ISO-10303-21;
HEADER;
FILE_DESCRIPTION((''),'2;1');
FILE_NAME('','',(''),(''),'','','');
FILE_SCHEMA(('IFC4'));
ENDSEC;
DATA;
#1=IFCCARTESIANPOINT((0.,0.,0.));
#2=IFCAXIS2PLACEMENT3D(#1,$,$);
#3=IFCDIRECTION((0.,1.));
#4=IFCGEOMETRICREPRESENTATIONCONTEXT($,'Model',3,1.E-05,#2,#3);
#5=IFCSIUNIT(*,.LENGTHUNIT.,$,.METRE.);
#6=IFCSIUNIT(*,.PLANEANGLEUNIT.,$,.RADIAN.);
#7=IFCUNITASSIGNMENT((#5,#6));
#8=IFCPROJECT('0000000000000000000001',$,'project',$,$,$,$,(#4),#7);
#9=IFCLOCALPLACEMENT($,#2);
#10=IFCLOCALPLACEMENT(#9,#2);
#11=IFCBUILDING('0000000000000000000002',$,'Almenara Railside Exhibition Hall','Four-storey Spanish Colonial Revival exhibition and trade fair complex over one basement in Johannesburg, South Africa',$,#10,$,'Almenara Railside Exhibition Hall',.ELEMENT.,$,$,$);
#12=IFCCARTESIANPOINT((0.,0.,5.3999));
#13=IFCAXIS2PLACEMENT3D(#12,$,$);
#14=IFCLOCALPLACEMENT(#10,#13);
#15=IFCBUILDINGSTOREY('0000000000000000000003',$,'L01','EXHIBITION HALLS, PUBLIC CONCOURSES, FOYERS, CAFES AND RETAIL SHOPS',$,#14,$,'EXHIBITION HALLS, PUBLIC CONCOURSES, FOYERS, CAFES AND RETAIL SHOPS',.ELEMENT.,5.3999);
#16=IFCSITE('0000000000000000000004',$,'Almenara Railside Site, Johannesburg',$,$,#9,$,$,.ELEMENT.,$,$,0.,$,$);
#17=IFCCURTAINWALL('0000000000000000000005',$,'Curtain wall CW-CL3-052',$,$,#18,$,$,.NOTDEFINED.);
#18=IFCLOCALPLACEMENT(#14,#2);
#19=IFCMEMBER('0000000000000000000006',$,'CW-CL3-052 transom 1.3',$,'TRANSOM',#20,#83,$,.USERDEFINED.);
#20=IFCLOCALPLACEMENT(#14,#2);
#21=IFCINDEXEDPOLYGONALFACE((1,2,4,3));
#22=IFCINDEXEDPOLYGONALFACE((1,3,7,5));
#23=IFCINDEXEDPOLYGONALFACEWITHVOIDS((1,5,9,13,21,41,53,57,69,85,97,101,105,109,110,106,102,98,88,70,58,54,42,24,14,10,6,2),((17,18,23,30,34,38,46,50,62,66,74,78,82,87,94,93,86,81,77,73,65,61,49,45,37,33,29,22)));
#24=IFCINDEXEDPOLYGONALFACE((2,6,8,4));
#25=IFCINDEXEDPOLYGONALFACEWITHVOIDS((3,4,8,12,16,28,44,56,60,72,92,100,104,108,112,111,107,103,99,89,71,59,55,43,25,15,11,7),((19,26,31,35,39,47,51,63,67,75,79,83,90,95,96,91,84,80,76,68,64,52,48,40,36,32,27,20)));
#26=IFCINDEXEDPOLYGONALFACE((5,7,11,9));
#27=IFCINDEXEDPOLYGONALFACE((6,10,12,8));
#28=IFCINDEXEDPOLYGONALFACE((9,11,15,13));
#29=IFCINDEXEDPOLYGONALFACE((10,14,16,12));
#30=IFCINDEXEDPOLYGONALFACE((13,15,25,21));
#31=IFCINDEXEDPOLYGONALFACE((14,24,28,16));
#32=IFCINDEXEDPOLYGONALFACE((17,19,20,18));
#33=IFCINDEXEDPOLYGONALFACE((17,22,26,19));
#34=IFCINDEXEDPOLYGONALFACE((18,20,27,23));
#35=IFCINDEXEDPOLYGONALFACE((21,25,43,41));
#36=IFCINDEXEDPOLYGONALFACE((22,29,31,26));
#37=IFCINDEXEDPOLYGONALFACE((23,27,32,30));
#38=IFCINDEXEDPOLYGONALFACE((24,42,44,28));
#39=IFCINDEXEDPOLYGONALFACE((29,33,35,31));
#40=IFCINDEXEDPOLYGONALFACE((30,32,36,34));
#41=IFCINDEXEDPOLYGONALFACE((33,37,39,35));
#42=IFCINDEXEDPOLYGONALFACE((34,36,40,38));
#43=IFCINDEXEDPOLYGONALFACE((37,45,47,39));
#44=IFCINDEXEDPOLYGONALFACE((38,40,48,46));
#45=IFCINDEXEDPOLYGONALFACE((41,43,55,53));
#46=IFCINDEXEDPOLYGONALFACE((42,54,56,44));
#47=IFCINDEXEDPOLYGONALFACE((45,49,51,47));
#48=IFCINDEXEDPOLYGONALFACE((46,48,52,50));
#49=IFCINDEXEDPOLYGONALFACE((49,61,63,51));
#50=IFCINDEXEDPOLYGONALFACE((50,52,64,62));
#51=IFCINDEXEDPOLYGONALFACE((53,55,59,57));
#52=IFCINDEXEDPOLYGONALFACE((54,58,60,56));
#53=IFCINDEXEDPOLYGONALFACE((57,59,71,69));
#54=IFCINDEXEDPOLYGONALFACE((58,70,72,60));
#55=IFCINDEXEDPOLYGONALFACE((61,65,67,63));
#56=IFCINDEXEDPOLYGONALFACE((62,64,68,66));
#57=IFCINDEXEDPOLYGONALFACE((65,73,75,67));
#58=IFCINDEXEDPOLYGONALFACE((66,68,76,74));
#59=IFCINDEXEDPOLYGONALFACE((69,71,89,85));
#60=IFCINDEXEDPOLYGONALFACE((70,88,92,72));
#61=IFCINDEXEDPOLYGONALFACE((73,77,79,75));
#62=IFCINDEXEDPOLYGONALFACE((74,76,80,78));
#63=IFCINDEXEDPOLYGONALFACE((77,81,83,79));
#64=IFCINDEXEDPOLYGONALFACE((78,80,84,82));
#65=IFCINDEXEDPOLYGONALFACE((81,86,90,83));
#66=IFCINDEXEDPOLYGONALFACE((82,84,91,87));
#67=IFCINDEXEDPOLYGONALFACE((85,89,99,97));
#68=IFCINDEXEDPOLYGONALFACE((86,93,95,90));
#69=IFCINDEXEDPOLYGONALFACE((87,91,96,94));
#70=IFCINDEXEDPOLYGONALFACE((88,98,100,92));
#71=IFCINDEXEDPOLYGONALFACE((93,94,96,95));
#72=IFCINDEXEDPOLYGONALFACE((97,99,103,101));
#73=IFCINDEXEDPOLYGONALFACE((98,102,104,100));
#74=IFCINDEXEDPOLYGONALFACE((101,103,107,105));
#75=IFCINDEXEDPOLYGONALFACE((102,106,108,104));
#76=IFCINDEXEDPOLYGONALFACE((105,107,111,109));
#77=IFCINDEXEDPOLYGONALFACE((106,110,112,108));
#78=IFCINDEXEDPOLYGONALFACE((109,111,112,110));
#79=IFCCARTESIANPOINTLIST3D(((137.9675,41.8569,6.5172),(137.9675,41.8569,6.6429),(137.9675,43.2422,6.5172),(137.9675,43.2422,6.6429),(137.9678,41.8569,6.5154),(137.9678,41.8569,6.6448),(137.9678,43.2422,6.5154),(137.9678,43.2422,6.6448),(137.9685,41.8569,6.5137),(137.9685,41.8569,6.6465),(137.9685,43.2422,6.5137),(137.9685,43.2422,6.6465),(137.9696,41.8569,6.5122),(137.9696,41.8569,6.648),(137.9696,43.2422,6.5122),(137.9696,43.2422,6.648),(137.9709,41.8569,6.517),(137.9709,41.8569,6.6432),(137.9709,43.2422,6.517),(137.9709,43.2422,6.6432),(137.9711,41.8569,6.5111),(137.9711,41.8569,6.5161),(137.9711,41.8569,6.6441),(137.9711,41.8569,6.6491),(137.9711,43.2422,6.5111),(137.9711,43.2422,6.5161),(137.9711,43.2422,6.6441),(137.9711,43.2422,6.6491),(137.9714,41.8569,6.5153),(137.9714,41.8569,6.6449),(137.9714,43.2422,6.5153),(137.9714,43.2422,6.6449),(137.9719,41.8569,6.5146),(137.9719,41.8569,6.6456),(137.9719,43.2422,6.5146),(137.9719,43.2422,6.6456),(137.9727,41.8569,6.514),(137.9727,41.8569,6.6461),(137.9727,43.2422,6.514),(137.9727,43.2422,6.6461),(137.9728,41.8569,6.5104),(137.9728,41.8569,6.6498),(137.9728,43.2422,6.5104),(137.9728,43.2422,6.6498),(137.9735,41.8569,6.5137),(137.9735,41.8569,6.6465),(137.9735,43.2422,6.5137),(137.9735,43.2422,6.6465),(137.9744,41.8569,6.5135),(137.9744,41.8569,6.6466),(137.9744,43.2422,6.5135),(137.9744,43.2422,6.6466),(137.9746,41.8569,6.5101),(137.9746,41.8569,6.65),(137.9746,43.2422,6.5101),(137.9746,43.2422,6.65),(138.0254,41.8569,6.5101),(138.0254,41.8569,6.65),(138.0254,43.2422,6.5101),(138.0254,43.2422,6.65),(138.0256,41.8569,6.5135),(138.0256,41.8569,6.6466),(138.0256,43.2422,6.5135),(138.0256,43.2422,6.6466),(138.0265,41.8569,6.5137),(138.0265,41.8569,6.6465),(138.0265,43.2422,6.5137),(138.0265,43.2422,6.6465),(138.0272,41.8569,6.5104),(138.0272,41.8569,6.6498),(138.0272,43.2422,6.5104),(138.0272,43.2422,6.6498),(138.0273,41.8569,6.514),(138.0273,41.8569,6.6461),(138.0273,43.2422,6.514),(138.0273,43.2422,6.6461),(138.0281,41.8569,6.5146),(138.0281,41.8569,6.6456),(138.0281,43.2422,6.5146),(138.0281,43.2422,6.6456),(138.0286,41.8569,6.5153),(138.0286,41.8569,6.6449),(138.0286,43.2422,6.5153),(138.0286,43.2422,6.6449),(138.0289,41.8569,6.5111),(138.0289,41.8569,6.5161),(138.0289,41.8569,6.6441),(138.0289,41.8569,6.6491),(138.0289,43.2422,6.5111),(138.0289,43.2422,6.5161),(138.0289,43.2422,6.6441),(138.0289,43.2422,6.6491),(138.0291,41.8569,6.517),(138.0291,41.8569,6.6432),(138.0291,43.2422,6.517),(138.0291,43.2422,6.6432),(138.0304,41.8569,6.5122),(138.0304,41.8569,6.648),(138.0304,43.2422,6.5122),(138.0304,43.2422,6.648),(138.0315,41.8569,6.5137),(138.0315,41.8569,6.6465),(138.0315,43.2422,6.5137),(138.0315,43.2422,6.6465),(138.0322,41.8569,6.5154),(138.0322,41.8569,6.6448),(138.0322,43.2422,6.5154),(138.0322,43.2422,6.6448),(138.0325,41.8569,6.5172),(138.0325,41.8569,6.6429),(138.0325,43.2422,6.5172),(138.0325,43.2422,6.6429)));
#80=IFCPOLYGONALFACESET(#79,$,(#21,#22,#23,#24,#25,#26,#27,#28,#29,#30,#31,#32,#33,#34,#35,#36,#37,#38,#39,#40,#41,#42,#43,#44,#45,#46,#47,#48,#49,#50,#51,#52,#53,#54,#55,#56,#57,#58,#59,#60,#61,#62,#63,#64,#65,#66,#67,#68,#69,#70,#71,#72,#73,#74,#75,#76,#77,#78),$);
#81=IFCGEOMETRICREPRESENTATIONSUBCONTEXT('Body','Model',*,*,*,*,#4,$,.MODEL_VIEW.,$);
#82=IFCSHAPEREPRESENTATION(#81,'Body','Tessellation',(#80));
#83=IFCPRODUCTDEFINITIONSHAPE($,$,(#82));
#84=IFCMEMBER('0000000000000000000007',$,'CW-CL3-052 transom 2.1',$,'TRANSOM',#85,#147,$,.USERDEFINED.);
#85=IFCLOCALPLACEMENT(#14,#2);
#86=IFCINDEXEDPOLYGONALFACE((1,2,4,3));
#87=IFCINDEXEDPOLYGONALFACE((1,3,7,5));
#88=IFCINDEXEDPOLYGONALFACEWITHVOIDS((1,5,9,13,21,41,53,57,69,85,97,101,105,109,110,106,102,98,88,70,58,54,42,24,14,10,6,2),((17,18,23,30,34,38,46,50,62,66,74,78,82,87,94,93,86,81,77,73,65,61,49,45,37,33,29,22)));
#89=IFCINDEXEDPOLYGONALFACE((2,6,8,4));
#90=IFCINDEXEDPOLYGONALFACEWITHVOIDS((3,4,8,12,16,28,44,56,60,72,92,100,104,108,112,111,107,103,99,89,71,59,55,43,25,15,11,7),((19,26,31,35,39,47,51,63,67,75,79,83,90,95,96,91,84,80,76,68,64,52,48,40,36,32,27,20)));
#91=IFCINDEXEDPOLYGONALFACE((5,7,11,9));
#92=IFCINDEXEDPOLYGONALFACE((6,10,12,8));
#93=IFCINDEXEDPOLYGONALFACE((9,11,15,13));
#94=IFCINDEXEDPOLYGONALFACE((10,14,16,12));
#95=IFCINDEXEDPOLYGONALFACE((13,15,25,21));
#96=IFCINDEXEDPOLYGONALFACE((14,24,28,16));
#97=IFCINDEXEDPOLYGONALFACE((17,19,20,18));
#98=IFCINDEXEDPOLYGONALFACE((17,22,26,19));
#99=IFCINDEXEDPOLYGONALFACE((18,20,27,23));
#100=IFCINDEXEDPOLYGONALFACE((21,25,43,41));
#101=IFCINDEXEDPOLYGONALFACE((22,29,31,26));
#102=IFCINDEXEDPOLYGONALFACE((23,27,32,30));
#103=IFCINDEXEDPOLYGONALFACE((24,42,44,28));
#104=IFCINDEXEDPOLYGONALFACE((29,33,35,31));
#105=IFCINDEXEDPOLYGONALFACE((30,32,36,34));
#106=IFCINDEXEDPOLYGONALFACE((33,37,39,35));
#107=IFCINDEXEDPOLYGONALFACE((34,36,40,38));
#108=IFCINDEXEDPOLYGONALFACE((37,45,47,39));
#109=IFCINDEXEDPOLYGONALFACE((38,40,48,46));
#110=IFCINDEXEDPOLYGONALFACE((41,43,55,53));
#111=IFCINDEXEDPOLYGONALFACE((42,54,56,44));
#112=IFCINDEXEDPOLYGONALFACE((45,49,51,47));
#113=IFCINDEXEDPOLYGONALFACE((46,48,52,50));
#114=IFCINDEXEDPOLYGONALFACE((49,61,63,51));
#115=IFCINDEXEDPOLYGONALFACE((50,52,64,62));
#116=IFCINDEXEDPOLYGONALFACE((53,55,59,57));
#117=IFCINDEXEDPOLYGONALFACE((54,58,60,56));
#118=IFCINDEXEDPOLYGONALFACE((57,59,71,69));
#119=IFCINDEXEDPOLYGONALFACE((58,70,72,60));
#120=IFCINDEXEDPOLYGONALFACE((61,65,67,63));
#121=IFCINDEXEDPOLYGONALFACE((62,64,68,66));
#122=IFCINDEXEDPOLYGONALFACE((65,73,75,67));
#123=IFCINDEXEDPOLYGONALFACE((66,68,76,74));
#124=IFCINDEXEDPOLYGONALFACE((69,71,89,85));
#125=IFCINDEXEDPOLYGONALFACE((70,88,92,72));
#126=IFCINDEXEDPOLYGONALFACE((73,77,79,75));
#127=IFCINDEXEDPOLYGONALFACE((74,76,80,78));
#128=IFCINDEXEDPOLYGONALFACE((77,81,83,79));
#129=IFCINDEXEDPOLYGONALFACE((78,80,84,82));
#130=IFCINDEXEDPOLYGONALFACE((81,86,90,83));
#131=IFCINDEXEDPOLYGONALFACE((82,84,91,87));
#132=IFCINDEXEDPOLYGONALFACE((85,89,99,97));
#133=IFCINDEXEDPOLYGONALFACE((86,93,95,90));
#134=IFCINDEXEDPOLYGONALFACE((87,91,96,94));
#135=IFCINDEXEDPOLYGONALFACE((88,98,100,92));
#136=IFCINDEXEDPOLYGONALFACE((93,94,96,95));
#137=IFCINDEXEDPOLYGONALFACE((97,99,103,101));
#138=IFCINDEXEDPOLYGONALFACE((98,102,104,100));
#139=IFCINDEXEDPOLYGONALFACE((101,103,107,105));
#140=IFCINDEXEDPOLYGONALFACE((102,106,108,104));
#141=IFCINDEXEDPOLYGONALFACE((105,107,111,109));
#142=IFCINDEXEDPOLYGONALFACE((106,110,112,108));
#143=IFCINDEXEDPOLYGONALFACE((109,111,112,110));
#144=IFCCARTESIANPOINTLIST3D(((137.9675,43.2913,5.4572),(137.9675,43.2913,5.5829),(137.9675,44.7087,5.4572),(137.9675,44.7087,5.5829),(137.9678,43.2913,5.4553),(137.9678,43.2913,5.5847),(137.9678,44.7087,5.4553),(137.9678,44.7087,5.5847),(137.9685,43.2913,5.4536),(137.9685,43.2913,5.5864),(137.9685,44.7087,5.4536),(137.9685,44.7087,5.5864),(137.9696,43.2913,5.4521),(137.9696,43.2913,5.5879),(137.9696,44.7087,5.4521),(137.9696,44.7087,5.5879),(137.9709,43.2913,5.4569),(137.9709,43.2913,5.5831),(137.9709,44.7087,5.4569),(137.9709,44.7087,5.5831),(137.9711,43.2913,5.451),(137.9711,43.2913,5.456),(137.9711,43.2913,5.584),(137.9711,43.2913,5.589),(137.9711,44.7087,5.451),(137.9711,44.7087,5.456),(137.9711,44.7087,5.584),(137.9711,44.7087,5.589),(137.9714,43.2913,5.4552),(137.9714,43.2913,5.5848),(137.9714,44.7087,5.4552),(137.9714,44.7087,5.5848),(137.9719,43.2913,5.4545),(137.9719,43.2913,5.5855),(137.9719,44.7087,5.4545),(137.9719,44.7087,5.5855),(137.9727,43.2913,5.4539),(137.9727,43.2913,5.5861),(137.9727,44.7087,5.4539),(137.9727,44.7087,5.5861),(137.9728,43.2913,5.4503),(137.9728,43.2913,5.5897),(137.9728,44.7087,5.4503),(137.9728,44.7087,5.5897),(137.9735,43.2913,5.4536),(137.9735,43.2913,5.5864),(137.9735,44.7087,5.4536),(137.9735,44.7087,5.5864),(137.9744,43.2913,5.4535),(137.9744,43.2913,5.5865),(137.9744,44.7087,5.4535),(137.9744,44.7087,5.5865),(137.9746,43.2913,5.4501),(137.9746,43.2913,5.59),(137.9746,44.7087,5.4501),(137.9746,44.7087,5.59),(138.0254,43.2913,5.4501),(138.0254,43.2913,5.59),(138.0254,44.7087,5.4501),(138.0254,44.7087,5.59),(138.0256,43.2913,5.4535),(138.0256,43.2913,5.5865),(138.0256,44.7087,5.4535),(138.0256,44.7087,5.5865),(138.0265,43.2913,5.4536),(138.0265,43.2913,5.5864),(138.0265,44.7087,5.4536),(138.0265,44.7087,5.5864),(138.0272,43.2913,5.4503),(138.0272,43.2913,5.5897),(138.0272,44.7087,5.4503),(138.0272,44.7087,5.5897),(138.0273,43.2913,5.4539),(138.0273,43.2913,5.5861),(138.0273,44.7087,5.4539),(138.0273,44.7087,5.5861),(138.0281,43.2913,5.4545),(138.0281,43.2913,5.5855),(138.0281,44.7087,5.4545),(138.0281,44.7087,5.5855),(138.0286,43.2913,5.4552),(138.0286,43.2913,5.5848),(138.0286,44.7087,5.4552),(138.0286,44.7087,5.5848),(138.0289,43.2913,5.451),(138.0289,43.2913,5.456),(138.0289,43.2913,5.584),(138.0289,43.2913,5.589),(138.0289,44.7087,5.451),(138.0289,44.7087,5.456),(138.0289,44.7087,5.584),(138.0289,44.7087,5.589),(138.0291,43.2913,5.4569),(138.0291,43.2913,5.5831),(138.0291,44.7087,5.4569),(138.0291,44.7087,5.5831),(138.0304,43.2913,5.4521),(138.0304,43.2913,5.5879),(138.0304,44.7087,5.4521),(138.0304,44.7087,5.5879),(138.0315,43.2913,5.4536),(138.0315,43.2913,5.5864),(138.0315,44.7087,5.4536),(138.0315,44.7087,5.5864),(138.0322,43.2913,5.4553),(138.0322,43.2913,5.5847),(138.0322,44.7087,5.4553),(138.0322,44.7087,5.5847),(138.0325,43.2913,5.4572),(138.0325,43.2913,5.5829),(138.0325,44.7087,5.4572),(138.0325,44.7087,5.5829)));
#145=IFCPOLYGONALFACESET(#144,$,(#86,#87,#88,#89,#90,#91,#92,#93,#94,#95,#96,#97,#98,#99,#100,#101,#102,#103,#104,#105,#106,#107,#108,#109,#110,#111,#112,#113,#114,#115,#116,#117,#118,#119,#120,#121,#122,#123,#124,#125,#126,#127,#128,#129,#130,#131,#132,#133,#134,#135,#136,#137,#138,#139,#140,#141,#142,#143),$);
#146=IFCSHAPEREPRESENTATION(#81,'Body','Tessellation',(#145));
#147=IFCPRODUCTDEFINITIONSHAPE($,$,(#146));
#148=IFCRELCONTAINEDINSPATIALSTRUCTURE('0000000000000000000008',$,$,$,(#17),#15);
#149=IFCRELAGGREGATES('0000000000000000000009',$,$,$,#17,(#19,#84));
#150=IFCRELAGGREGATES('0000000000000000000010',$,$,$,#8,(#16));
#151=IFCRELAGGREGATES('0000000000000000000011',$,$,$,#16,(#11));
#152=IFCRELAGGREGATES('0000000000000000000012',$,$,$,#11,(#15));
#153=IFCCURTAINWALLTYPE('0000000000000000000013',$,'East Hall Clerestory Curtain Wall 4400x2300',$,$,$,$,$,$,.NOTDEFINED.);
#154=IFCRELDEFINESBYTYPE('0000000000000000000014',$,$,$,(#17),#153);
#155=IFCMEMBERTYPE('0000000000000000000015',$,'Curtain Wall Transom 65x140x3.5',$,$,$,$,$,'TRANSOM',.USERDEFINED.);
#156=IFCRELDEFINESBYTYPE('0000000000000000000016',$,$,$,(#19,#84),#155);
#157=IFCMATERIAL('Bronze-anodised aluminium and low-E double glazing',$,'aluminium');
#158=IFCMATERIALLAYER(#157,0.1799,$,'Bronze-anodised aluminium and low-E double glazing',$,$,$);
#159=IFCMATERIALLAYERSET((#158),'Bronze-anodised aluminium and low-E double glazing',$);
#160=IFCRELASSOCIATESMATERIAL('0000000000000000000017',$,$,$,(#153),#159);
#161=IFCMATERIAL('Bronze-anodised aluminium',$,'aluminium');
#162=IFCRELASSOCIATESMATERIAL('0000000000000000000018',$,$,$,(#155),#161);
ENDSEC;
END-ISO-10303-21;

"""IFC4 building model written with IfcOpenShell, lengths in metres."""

from ifc_helpers import new_model, si_unit, direction, frame, origin, origin_2d, place, context, subcontext, project, spatial, hollow_rectangle, extrude, material, layer, layer_set, material_profile, profile_set, type_object, element, aggregate, save


model = new_model("IFC4")

# Units and contexts
model_context = context("Model", 3, precision=1e-05, world=origin(), true_north=direction((0.0, 1.0)))
body_context = subcontext(model_context, "Body", "Model", "MODEL_VIEW")
ifc_project = project(units=[si_unit("LENGTHUNIT", "METRE"), si_unit("PLANEANGLEUNIT", "RADIAN")], contexts=[model_context])

# Site, building, storey
site_placement = place(None, origin())
site = spatial("IfcSite", under=ifc_project, at=site_placement, Name="Almenara Railside Site, Johannesburg", CompositionType="ELEMENT", RefElevation=0.0)
building_placement = place(site_placement, origin())
building = spatial("IfcBuilding", under=site, at=building_placement, Name="Almenara Railside Exhibition Hall", Description="Four-storey Spanish Colonial Revival exhibition and trade fair complex over one basement in Johannesburg, South Africa", LongName="Almenara Railside Exhibition Hall", CompositionType="ELEMENT")
storey_placement = place(building_placement, frame((0.0, 0.0, 5.3999)))
storey = spatial("IfcBuildingStorey", under=building, at=storey_placement, Name="L01", Description="EXHIBITION HALLS, PUBLIC CONCOURSES, FOYERS, CAFES AND RETAIL SHOPS", LongName="EXHIBITION HALLS, PUBLIC CONCOURSES, FOYERS, CAFES AND RETAIL SHOPS", CompositionType="ELEMENT", Elevation=5.3999)

# Curtain wall, members
ifc_material_1 = material(Name="Bronze-anodised aluminium and low-E double glazing", Category="aluminium")
ifc_layer_1 = layer(ifc_material_1, 0.1799, Name="Bronze-anodised aluminium and low-E double glazing")
ifc_layer_set_1 = layer_set([ifc_layer_1], Name="Bronze-anodised aluminium and low-E double glazing")
curtain_wall_type = type_object("IfcCurtainWallType", Name="East Hall Clerestory Curtain Wall 4400x2300", PredefinedType="NOTDEFINED", material=ifc_layer_set_1)
curtain_wall_placement = place(storey_placement, origin())
curtain_wall = element("IfcCurtainWall", 1, at=curtain_wall_placement, inside=storey, type_object=curtain_wall_type, Name="Curtain wall CW-CL3-052", PredefinedType="NOTDEFINED")
ifc_material_2 = material(Name="Bronze-anodised aluminium", Category="aluminium")
ifc_material_profile_1 = material_profile(ifc_material_2, hollow_rectangle(XDim=0.0649, YDim=0.1399, WallThickness=0.0034, InnerFilletRadius=0.0034, OuterFilletRadius=0.0071, at=origin_2d()), Name="ALU-TRN 65x140x3.5")
ifc_profile_set_1 = profile_set([ifc_material_profile_1], Name="Bronze-anodised aluminium")
member_type_1 = type_object("IfcMemberType", Name="Curtain Wall Transom 65x140x3.5", ElementType="TRANSOM", PredefinedType="USERDEFINED", material=ifc_profile_set_1)
member_1_placement = place(storey_placement, frame((138.0, 41.8569, 6.5801), z_axis=(0.0, 1.0, 0.0), x_axis=(-1.0, 0.0, 0.0)))
member_1 = element("IfcMember", 2, at=member_1_placement, type_object=member_type_1, Name="CW-CL3-052 transom 1.3", ObjectType="TRANSOM", PredefinedType="USERDEFINED", context=body_context, shape_type="SweptSolid", body=[
    extrude(hollow_rectangle(XDim=0.0649, YDim=0.1399, WallThickness=0.0034, InnerFilletRadius=0.0034, OuterFilletRadius=0.0071, at=origin_2d()), origin(), (0.0, 0.0, 1.0), 1.3853),
])
member_2_placement = place(storey_placement, frame((138.0, 43.2913, 5.52), z_axis=(0.0, 1.0, 0.0), x_axis=(-1.0, 0.0, 0.0)))
member_2 = element("IfcMember", 3, at=member_2_placement, type_object=member_type_1, Name="CW-CL3-052 transom 2.1", ObjectType="TRANSOM", PredefinedType="USERDEFINED", context=body_context, shape_type="SweptSolid", body=[
    extrude(hollow_rectangle(XDim=0.0649, YDim=0.1399, WallThickness=0.0034, InnerFilletRadius=0.0034, OuterFilletRadius=0.0071, at=origin_2d()), origin(), (0.0, 0.0, 1.0), 1.4175),
])
aggregate(curtain_wall, [member_1, member_2])

save(model, "model.ifc")
